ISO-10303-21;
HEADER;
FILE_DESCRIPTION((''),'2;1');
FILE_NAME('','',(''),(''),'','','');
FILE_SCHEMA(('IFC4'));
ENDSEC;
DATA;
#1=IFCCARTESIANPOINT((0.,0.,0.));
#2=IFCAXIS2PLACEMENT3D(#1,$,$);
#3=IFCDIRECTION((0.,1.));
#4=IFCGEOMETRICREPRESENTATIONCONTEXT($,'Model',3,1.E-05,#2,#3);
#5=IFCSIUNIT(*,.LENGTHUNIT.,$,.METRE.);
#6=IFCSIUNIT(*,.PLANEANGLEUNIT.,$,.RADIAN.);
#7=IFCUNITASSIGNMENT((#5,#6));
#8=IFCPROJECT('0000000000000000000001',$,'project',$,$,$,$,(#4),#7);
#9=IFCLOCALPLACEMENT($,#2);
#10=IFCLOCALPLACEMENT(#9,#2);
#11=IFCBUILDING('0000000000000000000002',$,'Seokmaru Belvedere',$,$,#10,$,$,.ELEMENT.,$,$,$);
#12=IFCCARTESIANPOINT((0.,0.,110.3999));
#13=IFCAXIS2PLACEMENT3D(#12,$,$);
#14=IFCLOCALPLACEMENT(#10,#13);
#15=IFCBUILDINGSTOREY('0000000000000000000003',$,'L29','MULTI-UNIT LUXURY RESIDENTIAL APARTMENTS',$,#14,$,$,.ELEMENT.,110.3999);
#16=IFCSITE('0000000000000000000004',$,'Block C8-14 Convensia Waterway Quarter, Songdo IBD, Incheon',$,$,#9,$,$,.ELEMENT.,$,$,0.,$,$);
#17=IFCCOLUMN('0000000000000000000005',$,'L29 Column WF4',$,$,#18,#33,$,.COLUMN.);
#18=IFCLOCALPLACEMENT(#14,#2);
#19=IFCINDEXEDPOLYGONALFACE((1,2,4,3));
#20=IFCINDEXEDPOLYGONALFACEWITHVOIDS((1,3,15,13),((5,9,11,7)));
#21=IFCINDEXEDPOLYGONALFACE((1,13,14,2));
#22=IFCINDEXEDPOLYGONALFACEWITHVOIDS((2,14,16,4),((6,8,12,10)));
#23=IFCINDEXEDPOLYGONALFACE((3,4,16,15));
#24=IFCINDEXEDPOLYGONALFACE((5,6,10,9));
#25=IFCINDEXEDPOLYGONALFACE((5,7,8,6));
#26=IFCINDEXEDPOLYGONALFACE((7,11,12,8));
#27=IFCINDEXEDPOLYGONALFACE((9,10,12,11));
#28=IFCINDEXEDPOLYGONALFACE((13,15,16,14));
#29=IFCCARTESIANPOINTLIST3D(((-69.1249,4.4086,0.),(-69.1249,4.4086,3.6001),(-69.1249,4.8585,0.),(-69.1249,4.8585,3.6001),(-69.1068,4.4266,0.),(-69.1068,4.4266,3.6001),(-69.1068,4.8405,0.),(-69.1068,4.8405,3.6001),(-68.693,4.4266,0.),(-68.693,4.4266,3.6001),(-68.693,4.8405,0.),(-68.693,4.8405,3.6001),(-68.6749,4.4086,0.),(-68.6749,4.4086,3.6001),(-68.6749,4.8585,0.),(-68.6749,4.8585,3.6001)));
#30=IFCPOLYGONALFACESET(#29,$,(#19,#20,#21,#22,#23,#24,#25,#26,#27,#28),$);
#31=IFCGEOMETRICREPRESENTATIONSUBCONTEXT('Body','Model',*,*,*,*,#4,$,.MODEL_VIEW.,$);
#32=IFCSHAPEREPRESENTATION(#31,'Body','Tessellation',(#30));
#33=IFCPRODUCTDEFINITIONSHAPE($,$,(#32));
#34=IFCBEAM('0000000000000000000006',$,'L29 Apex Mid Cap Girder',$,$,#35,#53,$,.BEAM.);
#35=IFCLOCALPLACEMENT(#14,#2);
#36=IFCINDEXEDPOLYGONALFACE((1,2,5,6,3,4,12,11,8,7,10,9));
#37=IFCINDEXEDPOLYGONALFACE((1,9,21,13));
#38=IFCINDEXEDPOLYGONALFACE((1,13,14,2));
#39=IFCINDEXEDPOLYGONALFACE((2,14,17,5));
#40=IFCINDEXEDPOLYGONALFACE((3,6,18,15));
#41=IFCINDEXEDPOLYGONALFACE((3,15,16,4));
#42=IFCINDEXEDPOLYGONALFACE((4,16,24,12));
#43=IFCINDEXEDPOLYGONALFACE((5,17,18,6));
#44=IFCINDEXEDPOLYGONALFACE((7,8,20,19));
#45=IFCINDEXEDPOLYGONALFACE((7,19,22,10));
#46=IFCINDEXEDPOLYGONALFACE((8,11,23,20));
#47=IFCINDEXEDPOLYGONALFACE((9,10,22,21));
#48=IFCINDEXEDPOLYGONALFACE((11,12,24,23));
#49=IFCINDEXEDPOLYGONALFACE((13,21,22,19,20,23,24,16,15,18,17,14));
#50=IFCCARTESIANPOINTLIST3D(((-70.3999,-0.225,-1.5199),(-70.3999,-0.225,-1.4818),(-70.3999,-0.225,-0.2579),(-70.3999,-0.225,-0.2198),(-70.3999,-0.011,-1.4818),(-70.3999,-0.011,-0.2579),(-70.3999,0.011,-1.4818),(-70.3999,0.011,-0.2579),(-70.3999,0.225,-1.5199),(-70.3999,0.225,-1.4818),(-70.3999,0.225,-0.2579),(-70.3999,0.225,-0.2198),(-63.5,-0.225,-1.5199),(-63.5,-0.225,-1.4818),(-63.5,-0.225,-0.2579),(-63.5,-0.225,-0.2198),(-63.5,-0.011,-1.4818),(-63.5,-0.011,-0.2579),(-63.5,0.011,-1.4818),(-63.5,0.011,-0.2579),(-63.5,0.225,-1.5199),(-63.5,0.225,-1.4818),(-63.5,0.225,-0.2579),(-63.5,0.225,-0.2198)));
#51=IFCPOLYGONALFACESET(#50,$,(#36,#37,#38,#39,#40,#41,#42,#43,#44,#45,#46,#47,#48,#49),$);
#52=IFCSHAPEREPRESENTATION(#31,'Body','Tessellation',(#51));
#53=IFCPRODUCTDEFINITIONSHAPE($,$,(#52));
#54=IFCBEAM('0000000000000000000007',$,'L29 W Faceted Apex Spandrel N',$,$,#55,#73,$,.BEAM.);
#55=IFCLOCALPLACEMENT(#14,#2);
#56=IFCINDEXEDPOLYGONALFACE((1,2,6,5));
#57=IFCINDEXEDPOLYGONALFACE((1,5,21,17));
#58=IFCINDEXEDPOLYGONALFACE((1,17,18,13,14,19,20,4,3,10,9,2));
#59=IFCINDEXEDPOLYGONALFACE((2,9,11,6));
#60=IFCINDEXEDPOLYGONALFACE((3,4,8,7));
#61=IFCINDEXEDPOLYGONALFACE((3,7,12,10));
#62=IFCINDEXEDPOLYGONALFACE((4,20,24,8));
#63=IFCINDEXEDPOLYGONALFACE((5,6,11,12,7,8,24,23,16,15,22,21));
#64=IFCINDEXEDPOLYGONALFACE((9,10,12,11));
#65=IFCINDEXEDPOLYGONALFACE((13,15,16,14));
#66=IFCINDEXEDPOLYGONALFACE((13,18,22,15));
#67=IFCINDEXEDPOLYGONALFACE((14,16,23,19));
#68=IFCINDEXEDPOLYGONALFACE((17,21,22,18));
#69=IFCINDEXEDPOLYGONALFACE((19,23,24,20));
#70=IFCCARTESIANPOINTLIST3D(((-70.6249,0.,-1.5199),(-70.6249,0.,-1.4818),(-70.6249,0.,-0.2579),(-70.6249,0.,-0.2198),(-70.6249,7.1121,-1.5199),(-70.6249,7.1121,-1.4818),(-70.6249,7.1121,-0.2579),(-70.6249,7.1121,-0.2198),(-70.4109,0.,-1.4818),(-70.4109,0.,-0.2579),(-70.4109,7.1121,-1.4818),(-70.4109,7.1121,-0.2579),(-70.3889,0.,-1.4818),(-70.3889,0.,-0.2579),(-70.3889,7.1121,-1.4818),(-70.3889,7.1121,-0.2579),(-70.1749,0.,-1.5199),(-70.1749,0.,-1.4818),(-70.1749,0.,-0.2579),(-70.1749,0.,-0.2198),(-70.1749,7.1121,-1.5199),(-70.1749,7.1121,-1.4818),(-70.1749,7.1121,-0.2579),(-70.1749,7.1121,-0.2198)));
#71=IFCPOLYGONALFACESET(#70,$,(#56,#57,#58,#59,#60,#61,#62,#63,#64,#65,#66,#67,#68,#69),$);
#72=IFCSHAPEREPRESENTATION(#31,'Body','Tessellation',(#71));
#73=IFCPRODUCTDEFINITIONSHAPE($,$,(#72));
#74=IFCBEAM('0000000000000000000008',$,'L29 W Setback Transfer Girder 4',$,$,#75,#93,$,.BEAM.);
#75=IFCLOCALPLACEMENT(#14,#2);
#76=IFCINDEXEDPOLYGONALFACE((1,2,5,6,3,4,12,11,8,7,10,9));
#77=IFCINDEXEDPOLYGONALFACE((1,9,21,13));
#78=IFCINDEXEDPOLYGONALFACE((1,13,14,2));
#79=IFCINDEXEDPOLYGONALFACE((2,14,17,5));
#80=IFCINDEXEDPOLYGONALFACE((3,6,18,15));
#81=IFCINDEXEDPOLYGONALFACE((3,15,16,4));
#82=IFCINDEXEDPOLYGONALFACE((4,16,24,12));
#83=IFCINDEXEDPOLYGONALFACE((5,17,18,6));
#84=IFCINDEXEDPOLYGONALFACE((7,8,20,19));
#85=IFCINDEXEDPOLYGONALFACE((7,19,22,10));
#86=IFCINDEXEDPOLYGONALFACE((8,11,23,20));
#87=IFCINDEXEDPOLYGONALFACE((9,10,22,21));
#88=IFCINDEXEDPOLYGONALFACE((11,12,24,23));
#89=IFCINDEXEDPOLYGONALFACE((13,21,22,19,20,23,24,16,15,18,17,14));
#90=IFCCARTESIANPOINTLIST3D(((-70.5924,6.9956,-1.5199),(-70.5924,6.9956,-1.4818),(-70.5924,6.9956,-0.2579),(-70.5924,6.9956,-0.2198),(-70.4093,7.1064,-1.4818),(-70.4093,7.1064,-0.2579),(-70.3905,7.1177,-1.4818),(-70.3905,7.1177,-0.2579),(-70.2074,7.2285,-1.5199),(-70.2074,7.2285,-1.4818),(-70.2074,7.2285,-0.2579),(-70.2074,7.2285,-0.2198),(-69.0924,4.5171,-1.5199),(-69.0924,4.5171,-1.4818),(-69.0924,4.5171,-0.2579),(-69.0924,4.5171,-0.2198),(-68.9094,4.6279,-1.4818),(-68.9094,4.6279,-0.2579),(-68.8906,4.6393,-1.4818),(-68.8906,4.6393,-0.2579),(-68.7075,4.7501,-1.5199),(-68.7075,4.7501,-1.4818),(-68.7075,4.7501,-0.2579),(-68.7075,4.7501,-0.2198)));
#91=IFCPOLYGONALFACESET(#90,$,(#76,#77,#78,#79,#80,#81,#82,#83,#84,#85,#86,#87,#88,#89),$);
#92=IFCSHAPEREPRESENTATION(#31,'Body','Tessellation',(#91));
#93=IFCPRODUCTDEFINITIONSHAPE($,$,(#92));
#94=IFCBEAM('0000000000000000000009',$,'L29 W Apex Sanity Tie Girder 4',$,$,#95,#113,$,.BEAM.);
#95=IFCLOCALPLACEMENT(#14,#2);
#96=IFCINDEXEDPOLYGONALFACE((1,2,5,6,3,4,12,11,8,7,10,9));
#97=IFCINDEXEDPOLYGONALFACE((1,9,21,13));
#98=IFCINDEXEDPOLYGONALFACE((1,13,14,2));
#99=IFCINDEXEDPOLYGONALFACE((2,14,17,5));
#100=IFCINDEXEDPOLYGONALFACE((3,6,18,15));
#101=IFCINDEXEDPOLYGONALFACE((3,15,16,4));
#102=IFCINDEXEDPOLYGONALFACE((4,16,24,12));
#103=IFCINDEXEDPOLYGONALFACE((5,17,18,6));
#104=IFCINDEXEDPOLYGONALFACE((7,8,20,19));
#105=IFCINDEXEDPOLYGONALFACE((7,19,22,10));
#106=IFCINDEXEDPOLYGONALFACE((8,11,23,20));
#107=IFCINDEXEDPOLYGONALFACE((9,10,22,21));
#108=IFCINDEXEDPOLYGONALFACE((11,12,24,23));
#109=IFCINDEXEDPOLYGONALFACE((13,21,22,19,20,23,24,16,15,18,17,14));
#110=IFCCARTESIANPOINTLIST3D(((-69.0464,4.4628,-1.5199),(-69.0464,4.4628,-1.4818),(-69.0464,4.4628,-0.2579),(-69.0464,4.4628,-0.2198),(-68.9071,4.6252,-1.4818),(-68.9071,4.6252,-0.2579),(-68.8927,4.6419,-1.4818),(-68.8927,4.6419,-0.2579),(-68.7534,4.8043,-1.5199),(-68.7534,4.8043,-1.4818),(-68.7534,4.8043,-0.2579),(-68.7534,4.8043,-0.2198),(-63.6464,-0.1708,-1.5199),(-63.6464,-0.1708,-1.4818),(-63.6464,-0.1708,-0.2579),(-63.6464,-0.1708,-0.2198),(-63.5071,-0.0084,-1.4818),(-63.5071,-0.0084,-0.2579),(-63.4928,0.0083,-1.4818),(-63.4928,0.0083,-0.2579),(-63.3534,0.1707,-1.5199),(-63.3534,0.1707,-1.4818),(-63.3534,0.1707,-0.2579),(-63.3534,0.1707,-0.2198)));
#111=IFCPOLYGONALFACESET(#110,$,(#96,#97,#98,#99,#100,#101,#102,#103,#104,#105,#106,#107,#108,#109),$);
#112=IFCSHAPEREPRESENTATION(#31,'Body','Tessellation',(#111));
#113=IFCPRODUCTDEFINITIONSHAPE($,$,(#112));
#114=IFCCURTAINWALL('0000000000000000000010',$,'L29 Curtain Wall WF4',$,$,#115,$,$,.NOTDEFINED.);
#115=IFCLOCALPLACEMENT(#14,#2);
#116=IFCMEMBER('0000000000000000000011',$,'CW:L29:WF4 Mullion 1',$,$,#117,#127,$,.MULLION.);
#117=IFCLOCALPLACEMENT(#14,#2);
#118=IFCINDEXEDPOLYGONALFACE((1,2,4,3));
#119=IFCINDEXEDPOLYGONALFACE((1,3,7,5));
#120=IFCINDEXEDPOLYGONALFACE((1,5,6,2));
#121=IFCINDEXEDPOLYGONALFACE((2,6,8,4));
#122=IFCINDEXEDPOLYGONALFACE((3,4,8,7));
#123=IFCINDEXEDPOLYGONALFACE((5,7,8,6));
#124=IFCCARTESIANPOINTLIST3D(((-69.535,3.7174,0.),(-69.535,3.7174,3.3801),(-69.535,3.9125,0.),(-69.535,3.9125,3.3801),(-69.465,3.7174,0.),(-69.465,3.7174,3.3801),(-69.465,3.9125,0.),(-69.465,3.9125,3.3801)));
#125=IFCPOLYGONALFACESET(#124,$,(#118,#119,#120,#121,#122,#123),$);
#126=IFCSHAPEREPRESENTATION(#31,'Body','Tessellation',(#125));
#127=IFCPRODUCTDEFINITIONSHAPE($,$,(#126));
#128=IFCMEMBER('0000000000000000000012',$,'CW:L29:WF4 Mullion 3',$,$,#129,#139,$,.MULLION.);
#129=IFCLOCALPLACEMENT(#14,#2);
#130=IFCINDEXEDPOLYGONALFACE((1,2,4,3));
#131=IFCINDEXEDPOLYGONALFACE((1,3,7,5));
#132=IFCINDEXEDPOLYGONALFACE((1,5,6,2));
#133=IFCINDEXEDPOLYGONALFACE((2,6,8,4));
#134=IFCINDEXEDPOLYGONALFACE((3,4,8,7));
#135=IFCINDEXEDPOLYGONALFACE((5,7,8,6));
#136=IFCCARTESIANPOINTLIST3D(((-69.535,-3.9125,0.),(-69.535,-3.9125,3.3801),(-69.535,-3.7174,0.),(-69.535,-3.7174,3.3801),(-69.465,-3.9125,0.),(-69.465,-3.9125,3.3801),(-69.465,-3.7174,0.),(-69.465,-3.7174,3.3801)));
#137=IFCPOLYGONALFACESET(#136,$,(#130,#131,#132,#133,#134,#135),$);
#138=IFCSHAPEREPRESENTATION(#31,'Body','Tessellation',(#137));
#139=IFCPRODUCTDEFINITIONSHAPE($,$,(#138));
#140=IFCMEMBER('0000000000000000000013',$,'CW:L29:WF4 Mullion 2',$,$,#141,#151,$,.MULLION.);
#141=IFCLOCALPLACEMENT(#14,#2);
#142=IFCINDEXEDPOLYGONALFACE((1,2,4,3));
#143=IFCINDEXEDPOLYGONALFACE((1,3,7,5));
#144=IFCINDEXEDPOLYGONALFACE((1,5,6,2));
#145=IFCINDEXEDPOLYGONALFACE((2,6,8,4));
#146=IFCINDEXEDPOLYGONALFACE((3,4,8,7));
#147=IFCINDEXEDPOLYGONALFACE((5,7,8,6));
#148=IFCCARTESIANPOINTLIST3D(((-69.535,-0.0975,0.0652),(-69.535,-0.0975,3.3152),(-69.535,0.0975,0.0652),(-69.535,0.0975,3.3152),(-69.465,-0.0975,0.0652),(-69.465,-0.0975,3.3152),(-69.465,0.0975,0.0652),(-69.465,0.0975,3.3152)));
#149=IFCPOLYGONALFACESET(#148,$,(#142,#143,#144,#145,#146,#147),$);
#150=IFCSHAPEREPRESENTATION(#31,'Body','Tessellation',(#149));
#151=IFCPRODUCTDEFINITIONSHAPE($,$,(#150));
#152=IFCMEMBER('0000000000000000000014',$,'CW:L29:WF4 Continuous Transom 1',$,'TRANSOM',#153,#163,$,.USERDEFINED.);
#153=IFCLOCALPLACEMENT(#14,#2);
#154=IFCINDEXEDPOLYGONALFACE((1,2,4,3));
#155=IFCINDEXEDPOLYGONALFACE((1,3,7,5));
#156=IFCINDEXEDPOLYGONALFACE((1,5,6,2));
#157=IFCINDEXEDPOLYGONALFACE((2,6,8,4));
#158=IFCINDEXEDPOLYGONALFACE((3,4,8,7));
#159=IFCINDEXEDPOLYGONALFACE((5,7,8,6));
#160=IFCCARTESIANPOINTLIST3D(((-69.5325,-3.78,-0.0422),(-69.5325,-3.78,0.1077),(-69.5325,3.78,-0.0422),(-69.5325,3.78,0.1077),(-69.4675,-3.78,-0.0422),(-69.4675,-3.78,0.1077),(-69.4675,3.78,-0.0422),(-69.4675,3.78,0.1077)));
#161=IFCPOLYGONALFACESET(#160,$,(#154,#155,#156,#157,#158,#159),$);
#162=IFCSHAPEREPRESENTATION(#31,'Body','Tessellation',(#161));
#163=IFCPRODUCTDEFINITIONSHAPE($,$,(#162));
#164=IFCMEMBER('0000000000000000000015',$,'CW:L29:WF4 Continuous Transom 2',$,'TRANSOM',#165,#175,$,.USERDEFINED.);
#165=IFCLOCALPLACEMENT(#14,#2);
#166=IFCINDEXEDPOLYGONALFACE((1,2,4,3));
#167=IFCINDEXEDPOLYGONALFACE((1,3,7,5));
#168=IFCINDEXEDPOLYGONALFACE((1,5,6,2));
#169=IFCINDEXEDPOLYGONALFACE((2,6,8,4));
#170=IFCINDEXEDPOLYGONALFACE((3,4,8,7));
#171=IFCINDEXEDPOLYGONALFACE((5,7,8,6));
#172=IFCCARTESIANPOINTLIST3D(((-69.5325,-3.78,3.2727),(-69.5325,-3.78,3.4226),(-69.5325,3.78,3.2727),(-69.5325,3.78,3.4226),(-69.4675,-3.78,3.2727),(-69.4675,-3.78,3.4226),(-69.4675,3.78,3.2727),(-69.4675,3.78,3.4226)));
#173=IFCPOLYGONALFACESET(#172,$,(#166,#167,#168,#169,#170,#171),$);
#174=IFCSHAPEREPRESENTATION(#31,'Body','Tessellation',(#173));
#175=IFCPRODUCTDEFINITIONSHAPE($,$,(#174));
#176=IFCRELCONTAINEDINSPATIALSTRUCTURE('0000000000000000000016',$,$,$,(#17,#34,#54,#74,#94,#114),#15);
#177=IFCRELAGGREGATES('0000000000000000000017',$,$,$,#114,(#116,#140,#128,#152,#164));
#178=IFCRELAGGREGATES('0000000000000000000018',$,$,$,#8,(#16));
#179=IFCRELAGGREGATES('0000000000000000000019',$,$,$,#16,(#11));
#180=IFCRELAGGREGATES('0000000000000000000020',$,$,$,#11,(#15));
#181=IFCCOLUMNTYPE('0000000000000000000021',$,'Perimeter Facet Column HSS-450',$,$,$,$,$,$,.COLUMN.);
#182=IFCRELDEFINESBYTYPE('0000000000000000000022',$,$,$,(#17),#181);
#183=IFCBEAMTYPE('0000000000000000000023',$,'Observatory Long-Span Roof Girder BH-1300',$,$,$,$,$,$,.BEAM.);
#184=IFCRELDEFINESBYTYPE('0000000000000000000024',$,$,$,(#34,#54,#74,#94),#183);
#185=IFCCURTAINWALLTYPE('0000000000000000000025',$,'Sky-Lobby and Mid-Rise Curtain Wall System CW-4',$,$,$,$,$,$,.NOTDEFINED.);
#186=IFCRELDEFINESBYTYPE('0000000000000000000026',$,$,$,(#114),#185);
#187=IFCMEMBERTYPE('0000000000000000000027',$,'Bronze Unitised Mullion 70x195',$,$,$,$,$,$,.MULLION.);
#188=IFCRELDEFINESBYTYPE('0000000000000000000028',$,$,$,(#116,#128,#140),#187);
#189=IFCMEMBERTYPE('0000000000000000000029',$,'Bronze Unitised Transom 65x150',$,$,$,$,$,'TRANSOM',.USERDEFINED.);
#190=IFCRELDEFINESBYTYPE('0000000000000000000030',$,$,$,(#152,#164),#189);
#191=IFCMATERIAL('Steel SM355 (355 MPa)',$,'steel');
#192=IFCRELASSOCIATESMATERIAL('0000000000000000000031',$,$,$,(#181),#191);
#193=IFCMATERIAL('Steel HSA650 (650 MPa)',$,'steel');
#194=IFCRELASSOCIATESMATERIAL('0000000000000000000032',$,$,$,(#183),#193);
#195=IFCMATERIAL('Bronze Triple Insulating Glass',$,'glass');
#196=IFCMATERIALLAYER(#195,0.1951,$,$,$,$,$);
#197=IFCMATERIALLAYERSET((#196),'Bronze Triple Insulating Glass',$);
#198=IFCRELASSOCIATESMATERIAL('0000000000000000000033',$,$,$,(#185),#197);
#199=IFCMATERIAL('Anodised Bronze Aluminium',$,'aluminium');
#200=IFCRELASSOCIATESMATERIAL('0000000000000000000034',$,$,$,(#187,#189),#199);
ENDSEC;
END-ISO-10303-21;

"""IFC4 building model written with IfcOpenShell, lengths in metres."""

from ifc_helpers import new_model, si_unit, direction, frame, origin, origin_2d, place, context, subcontext, project, spatial, rectangle, hollow_rectangle, i_section, extrude, source, transform, mapped, material, layer, layer_set, material_profile, profile_set, type_object, type_shapes, element, aggregate, save


model = new_model("IFC4")

# Units and contexts
model_context = context("Model", 3, precision=1e-05, world=origin(), true_north=direction((0.0, 1.0)))
body_context = subcontext(model_context, "Body", "Model", "MODEL_VIEW")
ifc_project = project(units=[si_unit("LENGTHUNIT", "METRE"), si_unit("PLANEANGLEUNIT", "RADIAN")], contexts=[model_context])

# Site, building, storey
site_placement = place(None, origin())
site = spatial("IfcSite", under=ifc_project, at=site_placement, Name="Block C8-14 Convensia Waterway Quarter, Songdo IBD, Incheon", CompositionType="ELEMENT", RefElevation=0.0)
building_placement = place(site_placement, origin())
building = spatial("IfcBuilding", under=site, at=building_placement, Name="Seokmaru Belvedere", CompositionType="ELEMENT")
storey_placement = place(building_placement, frame((0.0, 0.0, 110.3999)))
storey = spatial("IfcBuildingStorey", under=building, at=storey_placement, Name="L29", Description="MULTI-UNIT LUXURY RESIDENTIAL APARTMENTS", CompositionType="ELEMENT", Elevation=110.3999)

# Column
ifc_material_1 = material(Name="Steel SM355 (355 MPa)", Category="steel")
ifc_material_profile_1 = material_profile(ifc_material_1, hollow_rectangle(XDim=0.45, YDim=0.45, WallThickness=0.0181, at=origin_2d()), Name="HSS-450x450x18")
ifc_profile_set_1 = profile_set([ifc_material_profile_1], Name="Steel SM355 (355 MPa)")
column_type = type_object("IfcColumnType", Name="Perimeter Facet Column HSS-450", PredefinedType="COLUMN", material=ifc_profile_set_1)
shared_shape_1 = source(origin(), body_context, "Body", "SweptSolid", [
    extrude(hollow_rectangle(XDim=0.45, YDim=0.45, WallThickness=0.0181, at=origin_2d()), origin(), (0.0, 0.0, 1.0), 3.6001),
])
type_shapes(column_type, [shared_shape_1])
column_placement = place(storey_placement, frame((-68.8999, 4.6335, 0.0), z_axis=(0.0, 0.0, 1.0), x_axis=(1.0, 0.0, 0.0)))
element("IfcColumn", 1, at=column_placement, inside=storey, type_object=column_type, Name="L29 Column WF4", PredefinedType="COLUMN", context=body_context, shape_type="MappedRepresentation", body=[
    mapped(shared_shape_1, transform((0.0, 0.0, 0.0), scale=1.0)),
])

# Beams
ifc_material_2 = material(Name="Steel HSA650 (650 MPa)", Category="steel")
ifc_material_profile_2 = material_profile(ifc_material_2, i_section(OverallWidth=0.45, OverallDepth=1.3, WebThickness=0.022, FlangeThickness=0.0381, at=origin_2d()), Name="BH-1300x450x22x38")
ifc_profile_set_2 = profile_set([ifc_material_profile_2], Name="Steel HSA650 (650 MPa)")
beam_type = type_object("IfcBeamType", Name="Observatory Long-Span Roof Girder BH-1300", PredefinedType="BEAM", material=ifc_profile_set_2)
shared_shape_2 = source(origin(), body_context, "Body", "SweptSolid", [
    extrude(i_section(OverallWidth=0.45, OverallDepth=1.3, WebThickness=0.022, FlangeThickness=0.0381, at=origin_2d()), origin(), (0.0, 0.0, 1.0), 6.8999),
])
beam_1_placement = place(storey_placement, frame((-70.3999, 0.0, -0.8699), z_axis=(1.0, 0.0, 0.0), x_axis=(0.0, 1.0, 0.0)))
element("IfcBeam", 2, at=beam_1_placement, inside=storey, type_object=beam_type, Name="L29 Apex Mid Cap Girder", PredefinedType="BEAM", context=body_context, shape_type="MappedRepresentation", body=[
    mapped(shared_shape_2, transform((0.0, 0.0, 0.0), scale=1.0)),
])
shared_shape_3 = source(origin(), body_context, "Body", "SweptSolid", [
    extrude(i_section(OverallWidth=0.45, OverallDepth=1.3, WebThickness=0.022, FlangeThickness=0.0381, at=origin_2d()), origin(), (0.0, 0.0, 1.0), 7.1121),
])
beam_2_placement = place(storey_placement, frame((-70.3999, 0.0, -0.8699), z_axis=(0.0, 1.0, 0.0), x_axis=(-1.0, 0.0, 0.0)))
element("IfcBeam", 3, at=beam_2_placement, inside=storey, type_object=beam_type, Name="L29 W Faceted Apex Spandrel N", PredefinedType="BEAM", context=body_context, shape_type="MappedRepresentation", body=[
    mapped(shared_shape_3, transform((0.0, 0.0, 0.0), scale=1.0)),
])
shared_shape_4 = source(origin(), body_context, "Body", "SweptSolid", [
    extrude(i_section(OverallWidth=0.45, OverallDepth=1.3, WebThickness=0.022, FlangeThickness=0.0381, at=origin_2d()), origin(), (0.0, 0.0, 1.0), 2.897),
])
beam_3_placement = place(storey_placement, frame((-70.3999, 7.1121, -0.8699), z_axis=(0.517764, -0.855524, 0.0), x_axis=(0.855524, 0.517764, 0.0)))
element("IfcBeam", 4, at=beam_3_placement, inside=storey, type_object=beam_type, Name="L29 W Setback Transfer Girder 4", PredefinedType="BEAM", context=body_context, shape_type="MappedRepresentation", body=[
    mapped(shared_shape_4, transform((0.0, 0.0, 0.0), scale=1.0)),
])
shared_shape_5 = source(origin(), body_context, "Body", "SweptSolid", [
    extrude(i_section(OverallWidth=0.45, OverallDepth=1.3, WebThickness=0.022, FlangeThickness=0.0381, at=origin_2d()), origin(), (0.0, 0.0, 1.0), 7.1155),
])
type_shapes(beam_type, [shared_shape_2, shared_shape_3, shared_shape_4, shared_shape_5])
beam_4_placement = place(storey_placement, frame((-68.8999, 4.6335, -0.8699), z_axis=(0.758905, -0.651201, 0.0), x_axis=(0.651201, 0.758905, 0.0)))
element("IfcBeam", 5, at=beam_4_placement, inside=storey, type_object=beam_type, Name="L29 W Apex Sanity Tie Girder 4", PredefinedType="BEAM", context=body_context, shape_type="MappedRepresentation", body=[
    mapped(shared_shape_5, transform((0.0, 0.0, 0.0), scale=1.0)),
])

# Curtain wall, members
ifc_material_3 = material(Name="Bronze Triple Insulating Glass", Category="glass")
ifc_layer_1 = layer(ifc_material_3, 0.1951)
ifc_layer_set_1 = layer_set([ifc_layer_1], Name="Bronze Triple Insulating Glass")
curtain_wall_type = type_object("IfcCurtainWallType", Name="Sky-Lobby and Mid-Rise Curtain Wall System CW-4", PredefinedType="NOTDEFINED", material=ifc_layer_set_1)
curtain_wall_placement = place(storey_placement, origin())
curtain_wall = element("IfcCurtainWall", 6, at=curtain_wall_placement, inside=storey, type_object=curtain_wall_type, Name="L29 Curtain Wall WF4", PredefinedType="NOTDEFINED")
ifc_material_4 = material(Name="Anodised Bronze Aluminium", Category="aluminium")
ifc_material_profile_3 = material_profile(ifc_material_4, rectangle(XDim=0.0701, YDim=0.1951, at=origin_2d()), Name="CW-M-70x195")
ifc_profile_set_3 = profile_set([ifc_material_profile_3], Name="Anodised Bronze Aluminium")
member_type_1 = type_object("IfcMemberType", Name="Bronze Unitised Mullion 70x195", PredefinedType="MULLION", material=ifc_profile_set_3)
shared_shape_6 = source(origin(), body_context, "Body", "SweptSolid", [
    extrude(rectangle(XDim=0.0701, YDim=0.1951, at=origin_2d()), origin(), (0.0, 0.0, 1.0), 3.3801),
])
member_1_placement = place(storey_placement, frame((-69.5, 3.8149, 0.0), z_axis=(0.0, 0.0, 1.0), x_axis=(1.0, 0.0, 0.0)))
member_1 = element("IfcMember", 7, at=member_1_placement, type_object=member_type_1, Name="CW:L29:WF4 Mullion 1", PredefinedType="MULLION", context=body_context, shape_type="MappedRepresentation", body=[
    mapped(shared_shape_6, transform((0.0, 0.0, 0.0), scale=1.0)),
])
member_2_placement = place(storey_placement, frame((-69.5, -3.8149, 0.0), z_axis=(0.0, 0.0, 1.0), x_axis=(1.0, 0.0, 0.0)))
member_2 = element("IfcMember", 8, at=member_2_placement, type_object=member_type_1, Name="CW:L29:WF4 Mullion 3", PredefinedType="MULLION", context=body_context, shape_type="MappedRepresentation", body=[
    mapped(shared_shape_6, transform((0.0, 0.0, 0.0), scale=1.0)),
])
shared_shape_7 = source(origin(), body_context, "Body", "SweptSolid", [
    extrude(rectangle(XDim=0.0701, YDim=0.1951, at=origin_2d()), origin(), (0.0, 0.0, 1.0), 3.25),
])
type_shapes(member_type_1, [shared_shape_6, shared_shape_7])
member_3_placement = place(storey_placement, frame((-69.5, 0.0, 0.0652), z_axis=(0.0, 0.0, 1.0), x_axis=(1.0, 0.0, 0.0)))
member_3 = element("IfcMember", 9, at=member_3_placement, type_object=member_type_1, Name="CW:L29:WF4 Mullion 2", PredefinedType="MULLION", context=body_context, shape_type="MappedRepresentation", body=[
    mapped(shared_shape_7, transform((0.0, 0.0, 0.0), scale=1.0)),
])
ifc_material_profile_4 = material_profile(ifc_material_4, rectangle(XDim=0.0649, YDim=0.1499, at=origin_2d()), Name="CW-T-65x150")
ifc_profile_set_4 = profile_set([ifc_material_profile_4], Name="Anodised Bronze Aluminium")
member_type_2 = type_object("IfcMemberType", Name="Bronze Unitised Transom 65x150", ElementType="TRANSOM", PredefinedType="USERDEFINED", material=ifc_profile_set_4)
shared_shape_8 = source(origin(), body_context, "Body", "SweptSolid", [
    extrude(rectangle(XDim=0.0649, YDim=0.1499, at=origin_2d()), origin(), (0.0, 0.0, 1.0), 7.5601),
])
type_shapes(member_type_2, [shared_shape_8])
member_4_placement = place(storey_placement, frame((-69.5, 3.78, 0.0327), z_axis=(0.0, -1.0, 0.0), x_axis=(1.0, 0.0, 0.0)))
member_4 = element("IfcMember", 10, at=member_4_placement, type_object=member_type_2, Name="CW:L29:WF4 Continuous Transom 1", ObjectType="TRANSOM", PredefinedType="USERDEFINED", context=body_context, shape_type="MappedRepresentation", body=[
    mapped(shared_shape_8, transform((0.0, 0.0, 0.0), scale=1.0)),
])
member_5_placement = place(storey_placement, frame((-69.5, 3.78, 3.3477), z_axis=(0.0, -1.0, 0.0), x_axis=(1.0, 0.0, 0.0)))
member_5 = element("IfcMember", 11, at=member_5_placement, type_object=member_type_2, Name="CW:L29:WF4 Continuous Transom 2", ObjectType="TRANSOM", PredefinedType="USERDEFINED", context=body_context, shape_type="MappedRepresentation", body=[
    mapped(shared_shape_8, transform((0.0, 0.0, 0.0), scale=1.0)),
])
aggregate(curtain_wall, [member_1, member_3, member_2, member_4, member_5])

save(model, "model.ifc")
